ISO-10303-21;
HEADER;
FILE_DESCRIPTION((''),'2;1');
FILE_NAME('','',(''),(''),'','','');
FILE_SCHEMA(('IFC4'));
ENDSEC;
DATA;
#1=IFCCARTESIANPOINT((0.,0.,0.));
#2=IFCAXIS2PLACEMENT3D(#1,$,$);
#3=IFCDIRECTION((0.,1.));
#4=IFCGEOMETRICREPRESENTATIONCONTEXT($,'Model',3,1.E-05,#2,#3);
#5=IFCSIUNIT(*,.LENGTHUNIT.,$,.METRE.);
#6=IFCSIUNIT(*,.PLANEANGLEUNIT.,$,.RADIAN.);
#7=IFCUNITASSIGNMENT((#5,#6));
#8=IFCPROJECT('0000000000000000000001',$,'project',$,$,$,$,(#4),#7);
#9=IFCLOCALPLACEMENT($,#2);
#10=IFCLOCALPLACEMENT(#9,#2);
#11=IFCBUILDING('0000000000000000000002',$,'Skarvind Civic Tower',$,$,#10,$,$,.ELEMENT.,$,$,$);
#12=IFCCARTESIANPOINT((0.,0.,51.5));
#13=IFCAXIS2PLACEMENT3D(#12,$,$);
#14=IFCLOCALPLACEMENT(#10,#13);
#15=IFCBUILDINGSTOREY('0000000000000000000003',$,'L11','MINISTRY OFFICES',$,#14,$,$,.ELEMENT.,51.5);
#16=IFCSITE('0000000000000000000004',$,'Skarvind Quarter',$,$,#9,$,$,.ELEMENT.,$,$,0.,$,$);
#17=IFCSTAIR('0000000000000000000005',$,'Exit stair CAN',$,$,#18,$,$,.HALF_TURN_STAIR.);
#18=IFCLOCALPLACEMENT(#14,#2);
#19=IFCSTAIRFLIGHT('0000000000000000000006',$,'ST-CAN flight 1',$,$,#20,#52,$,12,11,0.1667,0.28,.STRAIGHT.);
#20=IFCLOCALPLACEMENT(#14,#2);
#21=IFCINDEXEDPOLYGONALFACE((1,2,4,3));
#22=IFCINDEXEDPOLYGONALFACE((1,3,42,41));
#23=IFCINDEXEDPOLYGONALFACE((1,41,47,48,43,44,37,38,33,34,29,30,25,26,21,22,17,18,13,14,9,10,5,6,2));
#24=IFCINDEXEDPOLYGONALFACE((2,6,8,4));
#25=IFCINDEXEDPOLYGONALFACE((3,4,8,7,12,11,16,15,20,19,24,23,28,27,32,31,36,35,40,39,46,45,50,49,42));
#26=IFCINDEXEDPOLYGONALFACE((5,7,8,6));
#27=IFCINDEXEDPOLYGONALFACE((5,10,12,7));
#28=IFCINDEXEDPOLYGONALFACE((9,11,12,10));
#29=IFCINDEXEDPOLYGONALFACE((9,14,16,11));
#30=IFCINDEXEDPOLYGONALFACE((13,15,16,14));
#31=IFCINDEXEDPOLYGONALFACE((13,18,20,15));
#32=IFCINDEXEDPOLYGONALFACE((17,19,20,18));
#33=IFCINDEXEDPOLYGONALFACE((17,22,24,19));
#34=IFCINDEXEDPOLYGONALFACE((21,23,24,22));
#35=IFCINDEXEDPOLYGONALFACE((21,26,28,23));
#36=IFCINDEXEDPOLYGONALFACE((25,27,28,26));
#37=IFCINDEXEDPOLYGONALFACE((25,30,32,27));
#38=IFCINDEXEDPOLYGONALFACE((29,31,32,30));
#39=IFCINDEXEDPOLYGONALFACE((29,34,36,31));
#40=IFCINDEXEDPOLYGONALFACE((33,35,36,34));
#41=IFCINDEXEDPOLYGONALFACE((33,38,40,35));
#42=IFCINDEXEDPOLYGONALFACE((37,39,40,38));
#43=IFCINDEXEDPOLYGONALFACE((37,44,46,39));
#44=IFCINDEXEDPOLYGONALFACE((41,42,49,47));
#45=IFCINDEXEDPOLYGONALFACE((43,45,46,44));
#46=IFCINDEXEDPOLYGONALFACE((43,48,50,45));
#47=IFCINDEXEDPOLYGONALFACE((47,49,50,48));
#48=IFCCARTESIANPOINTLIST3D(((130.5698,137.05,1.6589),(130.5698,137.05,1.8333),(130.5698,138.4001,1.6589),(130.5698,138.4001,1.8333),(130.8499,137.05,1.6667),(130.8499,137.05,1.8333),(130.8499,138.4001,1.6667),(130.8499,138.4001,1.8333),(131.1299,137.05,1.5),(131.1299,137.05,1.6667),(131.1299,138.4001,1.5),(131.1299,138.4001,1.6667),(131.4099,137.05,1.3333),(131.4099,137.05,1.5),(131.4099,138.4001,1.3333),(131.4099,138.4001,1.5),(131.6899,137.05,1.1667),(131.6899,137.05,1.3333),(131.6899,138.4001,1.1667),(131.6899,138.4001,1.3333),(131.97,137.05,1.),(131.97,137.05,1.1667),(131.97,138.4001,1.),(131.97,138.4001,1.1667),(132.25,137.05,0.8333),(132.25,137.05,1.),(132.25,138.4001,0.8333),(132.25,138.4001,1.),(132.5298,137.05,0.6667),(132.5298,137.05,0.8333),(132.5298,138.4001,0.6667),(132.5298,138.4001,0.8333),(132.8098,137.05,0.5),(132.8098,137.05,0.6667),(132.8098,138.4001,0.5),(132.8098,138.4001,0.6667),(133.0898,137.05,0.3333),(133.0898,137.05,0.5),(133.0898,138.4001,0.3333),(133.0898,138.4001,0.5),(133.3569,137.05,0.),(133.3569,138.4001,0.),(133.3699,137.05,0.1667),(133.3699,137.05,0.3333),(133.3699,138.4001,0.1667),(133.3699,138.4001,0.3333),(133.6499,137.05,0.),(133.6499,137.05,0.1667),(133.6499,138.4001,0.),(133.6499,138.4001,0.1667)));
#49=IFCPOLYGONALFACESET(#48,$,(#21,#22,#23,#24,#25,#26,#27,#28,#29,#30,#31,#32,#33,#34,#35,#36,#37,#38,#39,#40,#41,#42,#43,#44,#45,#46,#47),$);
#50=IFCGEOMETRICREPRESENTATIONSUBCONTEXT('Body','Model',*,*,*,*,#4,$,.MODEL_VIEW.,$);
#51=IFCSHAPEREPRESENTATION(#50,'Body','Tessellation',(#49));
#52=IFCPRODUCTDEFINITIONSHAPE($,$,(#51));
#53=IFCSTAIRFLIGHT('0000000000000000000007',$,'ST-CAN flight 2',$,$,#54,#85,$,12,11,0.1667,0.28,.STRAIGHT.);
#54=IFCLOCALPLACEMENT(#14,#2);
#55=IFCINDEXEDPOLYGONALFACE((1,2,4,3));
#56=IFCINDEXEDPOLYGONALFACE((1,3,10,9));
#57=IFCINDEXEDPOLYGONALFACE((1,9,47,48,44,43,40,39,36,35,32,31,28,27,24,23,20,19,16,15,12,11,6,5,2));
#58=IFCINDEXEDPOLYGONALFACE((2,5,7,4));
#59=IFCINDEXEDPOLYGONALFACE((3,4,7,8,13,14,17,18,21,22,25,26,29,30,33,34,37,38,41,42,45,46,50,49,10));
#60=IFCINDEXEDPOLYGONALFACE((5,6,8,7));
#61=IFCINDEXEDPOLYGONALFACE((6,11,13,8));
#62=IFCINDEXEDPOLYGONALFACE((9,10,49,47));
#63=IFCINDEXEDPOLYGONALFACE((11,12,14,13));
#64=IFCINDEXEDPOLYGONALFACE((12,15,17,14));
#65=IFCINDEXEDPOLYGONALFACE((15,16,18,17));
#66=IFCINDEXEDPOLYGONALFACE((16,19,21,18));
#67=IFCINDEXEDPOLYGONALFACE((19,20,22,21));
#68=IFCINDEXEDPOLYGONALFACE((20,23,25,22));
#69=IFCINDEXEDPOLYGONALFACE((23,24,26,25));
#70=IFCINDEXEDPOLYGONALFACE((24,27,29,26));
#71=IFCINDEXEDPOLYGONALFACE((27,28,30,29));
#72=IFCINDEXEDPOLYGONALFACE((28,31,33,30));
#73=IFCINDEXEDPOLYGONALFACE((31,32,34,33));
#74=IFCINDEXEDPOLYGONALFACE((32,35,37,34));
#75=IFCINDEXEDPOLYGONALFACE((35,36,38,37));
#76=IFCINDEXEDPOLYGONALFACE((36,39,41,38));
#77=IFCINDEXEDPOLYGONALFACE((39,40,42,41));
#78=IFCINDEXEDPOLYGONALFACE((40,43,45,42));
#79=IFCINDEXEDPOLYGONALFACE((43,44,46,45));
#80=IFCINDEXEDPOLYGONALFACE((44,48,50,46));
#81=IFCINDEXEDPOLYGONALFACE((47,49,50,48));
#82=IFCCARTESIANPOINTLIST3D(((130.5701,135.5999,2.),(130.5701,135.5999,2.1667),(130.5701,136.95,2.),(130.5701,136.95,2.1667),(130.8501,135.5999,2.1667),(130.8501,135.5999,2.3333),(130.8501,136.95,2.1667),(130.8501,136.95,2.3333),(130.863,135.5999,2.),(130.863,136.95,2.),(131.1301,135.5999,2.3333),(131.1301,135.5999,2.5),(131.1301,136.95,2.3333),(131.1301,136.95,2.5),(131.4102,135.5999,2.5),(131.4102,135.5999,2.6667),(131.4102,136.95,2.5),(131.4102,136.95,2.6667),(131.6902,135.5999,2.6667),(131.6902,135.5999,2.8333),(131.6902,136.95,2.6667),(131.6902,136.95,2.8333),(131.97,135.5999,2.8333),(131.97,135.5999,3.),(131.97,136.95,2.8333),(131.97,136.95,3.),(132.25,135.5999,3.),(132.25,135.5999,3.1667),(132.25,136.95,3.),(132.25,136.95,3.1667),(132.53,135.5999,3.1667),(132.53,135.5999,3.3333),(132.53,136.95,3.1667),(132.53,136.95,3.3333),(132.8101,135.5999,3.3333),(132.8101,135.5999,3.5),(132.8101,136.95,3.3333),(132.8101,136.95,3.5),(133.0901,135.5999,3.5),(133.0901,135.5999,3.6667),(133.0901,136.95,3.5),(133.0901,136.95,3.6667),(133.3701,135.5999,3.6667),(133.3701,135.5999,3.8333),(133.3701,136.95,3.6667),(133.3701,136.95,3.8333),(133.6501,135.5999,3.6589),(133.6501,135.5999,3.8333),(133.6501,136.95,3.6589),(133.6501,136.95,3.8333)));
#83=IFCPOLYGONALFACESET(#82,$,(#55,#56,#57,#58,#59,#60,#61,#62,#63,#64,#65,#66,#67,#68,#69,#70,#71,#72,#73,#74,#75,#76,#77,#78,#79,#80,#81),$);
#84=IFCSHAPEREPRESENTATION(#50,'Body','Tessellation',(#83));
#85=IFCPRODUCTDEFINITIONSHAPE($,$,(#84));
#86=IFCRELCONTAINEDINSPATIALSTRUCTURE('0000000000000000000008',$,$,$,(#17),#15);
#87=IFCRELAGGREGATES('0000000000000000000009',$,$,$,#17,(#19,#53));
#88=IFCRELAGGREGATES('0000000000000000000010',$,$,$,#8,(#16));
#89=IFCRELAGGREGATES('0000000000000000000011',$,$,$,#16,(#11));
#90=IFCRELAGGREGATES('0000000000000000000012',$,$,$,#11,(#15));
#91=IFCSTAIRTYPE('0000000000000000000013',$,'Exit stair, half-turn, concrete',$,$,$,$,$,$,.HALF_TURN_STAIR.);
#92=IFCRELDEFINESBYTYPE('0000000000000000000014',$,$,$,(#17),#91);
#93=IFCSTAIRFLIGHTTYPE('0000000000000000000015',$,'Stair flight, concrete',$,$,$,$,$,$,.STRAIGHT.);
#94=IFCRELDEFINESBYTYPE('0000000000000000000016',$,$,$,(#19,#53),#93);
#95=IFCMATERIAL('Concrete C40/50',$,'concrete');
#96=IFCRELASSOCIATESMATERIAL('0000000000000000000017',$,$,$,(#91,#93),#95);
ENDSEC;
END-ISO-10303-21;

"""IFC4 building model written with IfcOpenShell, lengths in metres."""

from ifc_helpers import new_model, si_unit, direction, frame, origin, place, context, subcontext, project, spatial, polyline, outline, extrude, material, type_object, element, aggregate, save


model = new_model("IFC4")

# Units and contexts
model_context = context("Model", 3, precision=1e-05, world=origin(), true_north=direction((0.0, 1.0)))
body_context = subcontext(model_context, "Body", "Model", "MODEL_VIEW")
ifc_project = project(units=[si_unit("LENGTHUNIT", "METRE"), si_unit("PLANEANGLEUNIT", "RADIAN")], contexts=[model_context])

# Site, building, storey
site_placement = place(None, origin())
site = spatial("IfcSite", under=ifc_project, at=site_placement, Name="Skarvind Quarter", CompositionType="ELEMENT", RefElevation=0.0)
building_placement = place(site_placement, origin())
building = spatial("IfcBuilding", under=site, at=building_placement, Name="Skarvind Civic Tower", CompositionType="ELEMENT")
storey_placement = place(building_placement, frame((0.0, 0.0, 51.5)))
storey = spatial("IfcBuildingStorey", under=building, at=storey_placement, Name="L11", Description="MINISTRY OFFICES", CompositionType="ELEMENT", Elevation=51.5)

# Stair, stair flights
ifc_material_1 = material(Name="Concrete C40/50", Category="concrete")
stair_type = type_object("IfcStairType", Name="Exit stair, half-turn, concrete", PredefinedType="HALF_TURN_STAIR", material=ifc_material_1)
stair_placement = place(storey_placement, origin())
stair = element("IfcStair", 1, at=stair_placement, inside=storey, type_object=stair_type, Name="Exit stair CAN", PredefinedType="HALF_TURN_STAIR")
stair_flight_type = type_object("IfcStairFlightType", Name="Stair flight, concrete", PredefinedType="STRAIGHT", material=ifc_material_1)
stair_flight_1_placement = place(storey_placement, frame((133.6499, 137.7251, 0.0), z_axis=(0.0, 0.0, 1.0), x_axis=(-1.0, 0.0, 0.0)))
stair_flight_1 = element("IfcStairFlight", 2, at=stair_flight_1_placement, type_object=stair_flight_type, Name="ST-CAN flight 1", NumberOfRisers=12, NumberOfTreads=11, PredefinedType="STRAIGHT", RiserHeight=0.1667, TreadLength=0.28, context=body_context, shape_type="SweptSolid", body=[
    extrude(outline(polyline([(0.0, 0.0), (0.0, 0.1667), (0.28, 0.1667), (0.28, 0.3333), (0.5601, 0.3333), (0.5601, 0.5), (0.8401, 0.5), (0.8401, 0.6667), (1.1201, 0.6667), (1.1201, 0.8333), (1.3999, 0.8333), (1.3999, 1.0), (1.6799, 1.0), (1.6799, 1.1667), (1.96, 1.1667), (1.96, 1.3333), (2.24, 1.3333), (2.24, 1.5), (2.52, 1.5), (2.52, 1.6667), (2.8, 1.6667), (2.8, 1.8333), (3.0801, 1.8333), (3.0801, 2.0), (3.0801, 1.6589), (0.293, 0.0), (0.0, 0.0)])), frame((0.0, 0.675, 0.0), z_axis=(0.0, -1.0, 0.0), x_axis=(1.0, 0.0, 0.0)), (0.0, 0.0, 1.0), 1.3501),
])
stair_flight_2_placement = place(storey_placement, frame((130.5701, 136.2749, 2.0), z_axis=(0.0, 0.0, 1.0), x_axis=(1.0, 0.0, 0.0)))
stair_flight_2 = element("IfcStairFlight", 3, at=stair_flight_2_placement, type_object=stair_flight_type, Name="ST-CAN flight 2", NumberOfRisers=12, NumberOfTreads=11, PredefinedType="STRAIGHT", RiserHeight=0.1667, TreadLength=0.28, context=body_context, shape_type="SweptSolid", body=[
    extrude(outline(polyline([(0.0, 0.0), (0.0, 0.1667), (0.28, 0.1667), (0.28, 0.3333), (0.5601, 0.3333), (0.5601, 0.5), (0.8401, 0.5), (0.8401, 0.6667), (1.1201, 0.6667), (1.1201, 0.8333), (1.3999, 0.8333), (1.3999, 1.0), (1.6799, 1.0), (1.6799, 1.1667), (1.96, 1.1667), (1.96, 1.3333), (2.24, 1.3333), (2.24, 1.5), (2.52, 1.5), (2.52, 1.6667), (2.8, 1.6667), (2.8, 1.8333), (3.0801, 1.8333), (3.0801, 2.0), (3.0801, 1.6589), (0.293, 0.0), (0.0, 0.0)])), frame((0.0, 0.675, 0.0), z_axis=(0.0, -1.0, 0.0), x_axis=(1.0, 0.0, 0.0)), (0.0, 0.0, 1.0), 1.3501),
])
aggregate(stair, [stair_flight_1, stair_flight_2])

save(model, "model.ifc")
